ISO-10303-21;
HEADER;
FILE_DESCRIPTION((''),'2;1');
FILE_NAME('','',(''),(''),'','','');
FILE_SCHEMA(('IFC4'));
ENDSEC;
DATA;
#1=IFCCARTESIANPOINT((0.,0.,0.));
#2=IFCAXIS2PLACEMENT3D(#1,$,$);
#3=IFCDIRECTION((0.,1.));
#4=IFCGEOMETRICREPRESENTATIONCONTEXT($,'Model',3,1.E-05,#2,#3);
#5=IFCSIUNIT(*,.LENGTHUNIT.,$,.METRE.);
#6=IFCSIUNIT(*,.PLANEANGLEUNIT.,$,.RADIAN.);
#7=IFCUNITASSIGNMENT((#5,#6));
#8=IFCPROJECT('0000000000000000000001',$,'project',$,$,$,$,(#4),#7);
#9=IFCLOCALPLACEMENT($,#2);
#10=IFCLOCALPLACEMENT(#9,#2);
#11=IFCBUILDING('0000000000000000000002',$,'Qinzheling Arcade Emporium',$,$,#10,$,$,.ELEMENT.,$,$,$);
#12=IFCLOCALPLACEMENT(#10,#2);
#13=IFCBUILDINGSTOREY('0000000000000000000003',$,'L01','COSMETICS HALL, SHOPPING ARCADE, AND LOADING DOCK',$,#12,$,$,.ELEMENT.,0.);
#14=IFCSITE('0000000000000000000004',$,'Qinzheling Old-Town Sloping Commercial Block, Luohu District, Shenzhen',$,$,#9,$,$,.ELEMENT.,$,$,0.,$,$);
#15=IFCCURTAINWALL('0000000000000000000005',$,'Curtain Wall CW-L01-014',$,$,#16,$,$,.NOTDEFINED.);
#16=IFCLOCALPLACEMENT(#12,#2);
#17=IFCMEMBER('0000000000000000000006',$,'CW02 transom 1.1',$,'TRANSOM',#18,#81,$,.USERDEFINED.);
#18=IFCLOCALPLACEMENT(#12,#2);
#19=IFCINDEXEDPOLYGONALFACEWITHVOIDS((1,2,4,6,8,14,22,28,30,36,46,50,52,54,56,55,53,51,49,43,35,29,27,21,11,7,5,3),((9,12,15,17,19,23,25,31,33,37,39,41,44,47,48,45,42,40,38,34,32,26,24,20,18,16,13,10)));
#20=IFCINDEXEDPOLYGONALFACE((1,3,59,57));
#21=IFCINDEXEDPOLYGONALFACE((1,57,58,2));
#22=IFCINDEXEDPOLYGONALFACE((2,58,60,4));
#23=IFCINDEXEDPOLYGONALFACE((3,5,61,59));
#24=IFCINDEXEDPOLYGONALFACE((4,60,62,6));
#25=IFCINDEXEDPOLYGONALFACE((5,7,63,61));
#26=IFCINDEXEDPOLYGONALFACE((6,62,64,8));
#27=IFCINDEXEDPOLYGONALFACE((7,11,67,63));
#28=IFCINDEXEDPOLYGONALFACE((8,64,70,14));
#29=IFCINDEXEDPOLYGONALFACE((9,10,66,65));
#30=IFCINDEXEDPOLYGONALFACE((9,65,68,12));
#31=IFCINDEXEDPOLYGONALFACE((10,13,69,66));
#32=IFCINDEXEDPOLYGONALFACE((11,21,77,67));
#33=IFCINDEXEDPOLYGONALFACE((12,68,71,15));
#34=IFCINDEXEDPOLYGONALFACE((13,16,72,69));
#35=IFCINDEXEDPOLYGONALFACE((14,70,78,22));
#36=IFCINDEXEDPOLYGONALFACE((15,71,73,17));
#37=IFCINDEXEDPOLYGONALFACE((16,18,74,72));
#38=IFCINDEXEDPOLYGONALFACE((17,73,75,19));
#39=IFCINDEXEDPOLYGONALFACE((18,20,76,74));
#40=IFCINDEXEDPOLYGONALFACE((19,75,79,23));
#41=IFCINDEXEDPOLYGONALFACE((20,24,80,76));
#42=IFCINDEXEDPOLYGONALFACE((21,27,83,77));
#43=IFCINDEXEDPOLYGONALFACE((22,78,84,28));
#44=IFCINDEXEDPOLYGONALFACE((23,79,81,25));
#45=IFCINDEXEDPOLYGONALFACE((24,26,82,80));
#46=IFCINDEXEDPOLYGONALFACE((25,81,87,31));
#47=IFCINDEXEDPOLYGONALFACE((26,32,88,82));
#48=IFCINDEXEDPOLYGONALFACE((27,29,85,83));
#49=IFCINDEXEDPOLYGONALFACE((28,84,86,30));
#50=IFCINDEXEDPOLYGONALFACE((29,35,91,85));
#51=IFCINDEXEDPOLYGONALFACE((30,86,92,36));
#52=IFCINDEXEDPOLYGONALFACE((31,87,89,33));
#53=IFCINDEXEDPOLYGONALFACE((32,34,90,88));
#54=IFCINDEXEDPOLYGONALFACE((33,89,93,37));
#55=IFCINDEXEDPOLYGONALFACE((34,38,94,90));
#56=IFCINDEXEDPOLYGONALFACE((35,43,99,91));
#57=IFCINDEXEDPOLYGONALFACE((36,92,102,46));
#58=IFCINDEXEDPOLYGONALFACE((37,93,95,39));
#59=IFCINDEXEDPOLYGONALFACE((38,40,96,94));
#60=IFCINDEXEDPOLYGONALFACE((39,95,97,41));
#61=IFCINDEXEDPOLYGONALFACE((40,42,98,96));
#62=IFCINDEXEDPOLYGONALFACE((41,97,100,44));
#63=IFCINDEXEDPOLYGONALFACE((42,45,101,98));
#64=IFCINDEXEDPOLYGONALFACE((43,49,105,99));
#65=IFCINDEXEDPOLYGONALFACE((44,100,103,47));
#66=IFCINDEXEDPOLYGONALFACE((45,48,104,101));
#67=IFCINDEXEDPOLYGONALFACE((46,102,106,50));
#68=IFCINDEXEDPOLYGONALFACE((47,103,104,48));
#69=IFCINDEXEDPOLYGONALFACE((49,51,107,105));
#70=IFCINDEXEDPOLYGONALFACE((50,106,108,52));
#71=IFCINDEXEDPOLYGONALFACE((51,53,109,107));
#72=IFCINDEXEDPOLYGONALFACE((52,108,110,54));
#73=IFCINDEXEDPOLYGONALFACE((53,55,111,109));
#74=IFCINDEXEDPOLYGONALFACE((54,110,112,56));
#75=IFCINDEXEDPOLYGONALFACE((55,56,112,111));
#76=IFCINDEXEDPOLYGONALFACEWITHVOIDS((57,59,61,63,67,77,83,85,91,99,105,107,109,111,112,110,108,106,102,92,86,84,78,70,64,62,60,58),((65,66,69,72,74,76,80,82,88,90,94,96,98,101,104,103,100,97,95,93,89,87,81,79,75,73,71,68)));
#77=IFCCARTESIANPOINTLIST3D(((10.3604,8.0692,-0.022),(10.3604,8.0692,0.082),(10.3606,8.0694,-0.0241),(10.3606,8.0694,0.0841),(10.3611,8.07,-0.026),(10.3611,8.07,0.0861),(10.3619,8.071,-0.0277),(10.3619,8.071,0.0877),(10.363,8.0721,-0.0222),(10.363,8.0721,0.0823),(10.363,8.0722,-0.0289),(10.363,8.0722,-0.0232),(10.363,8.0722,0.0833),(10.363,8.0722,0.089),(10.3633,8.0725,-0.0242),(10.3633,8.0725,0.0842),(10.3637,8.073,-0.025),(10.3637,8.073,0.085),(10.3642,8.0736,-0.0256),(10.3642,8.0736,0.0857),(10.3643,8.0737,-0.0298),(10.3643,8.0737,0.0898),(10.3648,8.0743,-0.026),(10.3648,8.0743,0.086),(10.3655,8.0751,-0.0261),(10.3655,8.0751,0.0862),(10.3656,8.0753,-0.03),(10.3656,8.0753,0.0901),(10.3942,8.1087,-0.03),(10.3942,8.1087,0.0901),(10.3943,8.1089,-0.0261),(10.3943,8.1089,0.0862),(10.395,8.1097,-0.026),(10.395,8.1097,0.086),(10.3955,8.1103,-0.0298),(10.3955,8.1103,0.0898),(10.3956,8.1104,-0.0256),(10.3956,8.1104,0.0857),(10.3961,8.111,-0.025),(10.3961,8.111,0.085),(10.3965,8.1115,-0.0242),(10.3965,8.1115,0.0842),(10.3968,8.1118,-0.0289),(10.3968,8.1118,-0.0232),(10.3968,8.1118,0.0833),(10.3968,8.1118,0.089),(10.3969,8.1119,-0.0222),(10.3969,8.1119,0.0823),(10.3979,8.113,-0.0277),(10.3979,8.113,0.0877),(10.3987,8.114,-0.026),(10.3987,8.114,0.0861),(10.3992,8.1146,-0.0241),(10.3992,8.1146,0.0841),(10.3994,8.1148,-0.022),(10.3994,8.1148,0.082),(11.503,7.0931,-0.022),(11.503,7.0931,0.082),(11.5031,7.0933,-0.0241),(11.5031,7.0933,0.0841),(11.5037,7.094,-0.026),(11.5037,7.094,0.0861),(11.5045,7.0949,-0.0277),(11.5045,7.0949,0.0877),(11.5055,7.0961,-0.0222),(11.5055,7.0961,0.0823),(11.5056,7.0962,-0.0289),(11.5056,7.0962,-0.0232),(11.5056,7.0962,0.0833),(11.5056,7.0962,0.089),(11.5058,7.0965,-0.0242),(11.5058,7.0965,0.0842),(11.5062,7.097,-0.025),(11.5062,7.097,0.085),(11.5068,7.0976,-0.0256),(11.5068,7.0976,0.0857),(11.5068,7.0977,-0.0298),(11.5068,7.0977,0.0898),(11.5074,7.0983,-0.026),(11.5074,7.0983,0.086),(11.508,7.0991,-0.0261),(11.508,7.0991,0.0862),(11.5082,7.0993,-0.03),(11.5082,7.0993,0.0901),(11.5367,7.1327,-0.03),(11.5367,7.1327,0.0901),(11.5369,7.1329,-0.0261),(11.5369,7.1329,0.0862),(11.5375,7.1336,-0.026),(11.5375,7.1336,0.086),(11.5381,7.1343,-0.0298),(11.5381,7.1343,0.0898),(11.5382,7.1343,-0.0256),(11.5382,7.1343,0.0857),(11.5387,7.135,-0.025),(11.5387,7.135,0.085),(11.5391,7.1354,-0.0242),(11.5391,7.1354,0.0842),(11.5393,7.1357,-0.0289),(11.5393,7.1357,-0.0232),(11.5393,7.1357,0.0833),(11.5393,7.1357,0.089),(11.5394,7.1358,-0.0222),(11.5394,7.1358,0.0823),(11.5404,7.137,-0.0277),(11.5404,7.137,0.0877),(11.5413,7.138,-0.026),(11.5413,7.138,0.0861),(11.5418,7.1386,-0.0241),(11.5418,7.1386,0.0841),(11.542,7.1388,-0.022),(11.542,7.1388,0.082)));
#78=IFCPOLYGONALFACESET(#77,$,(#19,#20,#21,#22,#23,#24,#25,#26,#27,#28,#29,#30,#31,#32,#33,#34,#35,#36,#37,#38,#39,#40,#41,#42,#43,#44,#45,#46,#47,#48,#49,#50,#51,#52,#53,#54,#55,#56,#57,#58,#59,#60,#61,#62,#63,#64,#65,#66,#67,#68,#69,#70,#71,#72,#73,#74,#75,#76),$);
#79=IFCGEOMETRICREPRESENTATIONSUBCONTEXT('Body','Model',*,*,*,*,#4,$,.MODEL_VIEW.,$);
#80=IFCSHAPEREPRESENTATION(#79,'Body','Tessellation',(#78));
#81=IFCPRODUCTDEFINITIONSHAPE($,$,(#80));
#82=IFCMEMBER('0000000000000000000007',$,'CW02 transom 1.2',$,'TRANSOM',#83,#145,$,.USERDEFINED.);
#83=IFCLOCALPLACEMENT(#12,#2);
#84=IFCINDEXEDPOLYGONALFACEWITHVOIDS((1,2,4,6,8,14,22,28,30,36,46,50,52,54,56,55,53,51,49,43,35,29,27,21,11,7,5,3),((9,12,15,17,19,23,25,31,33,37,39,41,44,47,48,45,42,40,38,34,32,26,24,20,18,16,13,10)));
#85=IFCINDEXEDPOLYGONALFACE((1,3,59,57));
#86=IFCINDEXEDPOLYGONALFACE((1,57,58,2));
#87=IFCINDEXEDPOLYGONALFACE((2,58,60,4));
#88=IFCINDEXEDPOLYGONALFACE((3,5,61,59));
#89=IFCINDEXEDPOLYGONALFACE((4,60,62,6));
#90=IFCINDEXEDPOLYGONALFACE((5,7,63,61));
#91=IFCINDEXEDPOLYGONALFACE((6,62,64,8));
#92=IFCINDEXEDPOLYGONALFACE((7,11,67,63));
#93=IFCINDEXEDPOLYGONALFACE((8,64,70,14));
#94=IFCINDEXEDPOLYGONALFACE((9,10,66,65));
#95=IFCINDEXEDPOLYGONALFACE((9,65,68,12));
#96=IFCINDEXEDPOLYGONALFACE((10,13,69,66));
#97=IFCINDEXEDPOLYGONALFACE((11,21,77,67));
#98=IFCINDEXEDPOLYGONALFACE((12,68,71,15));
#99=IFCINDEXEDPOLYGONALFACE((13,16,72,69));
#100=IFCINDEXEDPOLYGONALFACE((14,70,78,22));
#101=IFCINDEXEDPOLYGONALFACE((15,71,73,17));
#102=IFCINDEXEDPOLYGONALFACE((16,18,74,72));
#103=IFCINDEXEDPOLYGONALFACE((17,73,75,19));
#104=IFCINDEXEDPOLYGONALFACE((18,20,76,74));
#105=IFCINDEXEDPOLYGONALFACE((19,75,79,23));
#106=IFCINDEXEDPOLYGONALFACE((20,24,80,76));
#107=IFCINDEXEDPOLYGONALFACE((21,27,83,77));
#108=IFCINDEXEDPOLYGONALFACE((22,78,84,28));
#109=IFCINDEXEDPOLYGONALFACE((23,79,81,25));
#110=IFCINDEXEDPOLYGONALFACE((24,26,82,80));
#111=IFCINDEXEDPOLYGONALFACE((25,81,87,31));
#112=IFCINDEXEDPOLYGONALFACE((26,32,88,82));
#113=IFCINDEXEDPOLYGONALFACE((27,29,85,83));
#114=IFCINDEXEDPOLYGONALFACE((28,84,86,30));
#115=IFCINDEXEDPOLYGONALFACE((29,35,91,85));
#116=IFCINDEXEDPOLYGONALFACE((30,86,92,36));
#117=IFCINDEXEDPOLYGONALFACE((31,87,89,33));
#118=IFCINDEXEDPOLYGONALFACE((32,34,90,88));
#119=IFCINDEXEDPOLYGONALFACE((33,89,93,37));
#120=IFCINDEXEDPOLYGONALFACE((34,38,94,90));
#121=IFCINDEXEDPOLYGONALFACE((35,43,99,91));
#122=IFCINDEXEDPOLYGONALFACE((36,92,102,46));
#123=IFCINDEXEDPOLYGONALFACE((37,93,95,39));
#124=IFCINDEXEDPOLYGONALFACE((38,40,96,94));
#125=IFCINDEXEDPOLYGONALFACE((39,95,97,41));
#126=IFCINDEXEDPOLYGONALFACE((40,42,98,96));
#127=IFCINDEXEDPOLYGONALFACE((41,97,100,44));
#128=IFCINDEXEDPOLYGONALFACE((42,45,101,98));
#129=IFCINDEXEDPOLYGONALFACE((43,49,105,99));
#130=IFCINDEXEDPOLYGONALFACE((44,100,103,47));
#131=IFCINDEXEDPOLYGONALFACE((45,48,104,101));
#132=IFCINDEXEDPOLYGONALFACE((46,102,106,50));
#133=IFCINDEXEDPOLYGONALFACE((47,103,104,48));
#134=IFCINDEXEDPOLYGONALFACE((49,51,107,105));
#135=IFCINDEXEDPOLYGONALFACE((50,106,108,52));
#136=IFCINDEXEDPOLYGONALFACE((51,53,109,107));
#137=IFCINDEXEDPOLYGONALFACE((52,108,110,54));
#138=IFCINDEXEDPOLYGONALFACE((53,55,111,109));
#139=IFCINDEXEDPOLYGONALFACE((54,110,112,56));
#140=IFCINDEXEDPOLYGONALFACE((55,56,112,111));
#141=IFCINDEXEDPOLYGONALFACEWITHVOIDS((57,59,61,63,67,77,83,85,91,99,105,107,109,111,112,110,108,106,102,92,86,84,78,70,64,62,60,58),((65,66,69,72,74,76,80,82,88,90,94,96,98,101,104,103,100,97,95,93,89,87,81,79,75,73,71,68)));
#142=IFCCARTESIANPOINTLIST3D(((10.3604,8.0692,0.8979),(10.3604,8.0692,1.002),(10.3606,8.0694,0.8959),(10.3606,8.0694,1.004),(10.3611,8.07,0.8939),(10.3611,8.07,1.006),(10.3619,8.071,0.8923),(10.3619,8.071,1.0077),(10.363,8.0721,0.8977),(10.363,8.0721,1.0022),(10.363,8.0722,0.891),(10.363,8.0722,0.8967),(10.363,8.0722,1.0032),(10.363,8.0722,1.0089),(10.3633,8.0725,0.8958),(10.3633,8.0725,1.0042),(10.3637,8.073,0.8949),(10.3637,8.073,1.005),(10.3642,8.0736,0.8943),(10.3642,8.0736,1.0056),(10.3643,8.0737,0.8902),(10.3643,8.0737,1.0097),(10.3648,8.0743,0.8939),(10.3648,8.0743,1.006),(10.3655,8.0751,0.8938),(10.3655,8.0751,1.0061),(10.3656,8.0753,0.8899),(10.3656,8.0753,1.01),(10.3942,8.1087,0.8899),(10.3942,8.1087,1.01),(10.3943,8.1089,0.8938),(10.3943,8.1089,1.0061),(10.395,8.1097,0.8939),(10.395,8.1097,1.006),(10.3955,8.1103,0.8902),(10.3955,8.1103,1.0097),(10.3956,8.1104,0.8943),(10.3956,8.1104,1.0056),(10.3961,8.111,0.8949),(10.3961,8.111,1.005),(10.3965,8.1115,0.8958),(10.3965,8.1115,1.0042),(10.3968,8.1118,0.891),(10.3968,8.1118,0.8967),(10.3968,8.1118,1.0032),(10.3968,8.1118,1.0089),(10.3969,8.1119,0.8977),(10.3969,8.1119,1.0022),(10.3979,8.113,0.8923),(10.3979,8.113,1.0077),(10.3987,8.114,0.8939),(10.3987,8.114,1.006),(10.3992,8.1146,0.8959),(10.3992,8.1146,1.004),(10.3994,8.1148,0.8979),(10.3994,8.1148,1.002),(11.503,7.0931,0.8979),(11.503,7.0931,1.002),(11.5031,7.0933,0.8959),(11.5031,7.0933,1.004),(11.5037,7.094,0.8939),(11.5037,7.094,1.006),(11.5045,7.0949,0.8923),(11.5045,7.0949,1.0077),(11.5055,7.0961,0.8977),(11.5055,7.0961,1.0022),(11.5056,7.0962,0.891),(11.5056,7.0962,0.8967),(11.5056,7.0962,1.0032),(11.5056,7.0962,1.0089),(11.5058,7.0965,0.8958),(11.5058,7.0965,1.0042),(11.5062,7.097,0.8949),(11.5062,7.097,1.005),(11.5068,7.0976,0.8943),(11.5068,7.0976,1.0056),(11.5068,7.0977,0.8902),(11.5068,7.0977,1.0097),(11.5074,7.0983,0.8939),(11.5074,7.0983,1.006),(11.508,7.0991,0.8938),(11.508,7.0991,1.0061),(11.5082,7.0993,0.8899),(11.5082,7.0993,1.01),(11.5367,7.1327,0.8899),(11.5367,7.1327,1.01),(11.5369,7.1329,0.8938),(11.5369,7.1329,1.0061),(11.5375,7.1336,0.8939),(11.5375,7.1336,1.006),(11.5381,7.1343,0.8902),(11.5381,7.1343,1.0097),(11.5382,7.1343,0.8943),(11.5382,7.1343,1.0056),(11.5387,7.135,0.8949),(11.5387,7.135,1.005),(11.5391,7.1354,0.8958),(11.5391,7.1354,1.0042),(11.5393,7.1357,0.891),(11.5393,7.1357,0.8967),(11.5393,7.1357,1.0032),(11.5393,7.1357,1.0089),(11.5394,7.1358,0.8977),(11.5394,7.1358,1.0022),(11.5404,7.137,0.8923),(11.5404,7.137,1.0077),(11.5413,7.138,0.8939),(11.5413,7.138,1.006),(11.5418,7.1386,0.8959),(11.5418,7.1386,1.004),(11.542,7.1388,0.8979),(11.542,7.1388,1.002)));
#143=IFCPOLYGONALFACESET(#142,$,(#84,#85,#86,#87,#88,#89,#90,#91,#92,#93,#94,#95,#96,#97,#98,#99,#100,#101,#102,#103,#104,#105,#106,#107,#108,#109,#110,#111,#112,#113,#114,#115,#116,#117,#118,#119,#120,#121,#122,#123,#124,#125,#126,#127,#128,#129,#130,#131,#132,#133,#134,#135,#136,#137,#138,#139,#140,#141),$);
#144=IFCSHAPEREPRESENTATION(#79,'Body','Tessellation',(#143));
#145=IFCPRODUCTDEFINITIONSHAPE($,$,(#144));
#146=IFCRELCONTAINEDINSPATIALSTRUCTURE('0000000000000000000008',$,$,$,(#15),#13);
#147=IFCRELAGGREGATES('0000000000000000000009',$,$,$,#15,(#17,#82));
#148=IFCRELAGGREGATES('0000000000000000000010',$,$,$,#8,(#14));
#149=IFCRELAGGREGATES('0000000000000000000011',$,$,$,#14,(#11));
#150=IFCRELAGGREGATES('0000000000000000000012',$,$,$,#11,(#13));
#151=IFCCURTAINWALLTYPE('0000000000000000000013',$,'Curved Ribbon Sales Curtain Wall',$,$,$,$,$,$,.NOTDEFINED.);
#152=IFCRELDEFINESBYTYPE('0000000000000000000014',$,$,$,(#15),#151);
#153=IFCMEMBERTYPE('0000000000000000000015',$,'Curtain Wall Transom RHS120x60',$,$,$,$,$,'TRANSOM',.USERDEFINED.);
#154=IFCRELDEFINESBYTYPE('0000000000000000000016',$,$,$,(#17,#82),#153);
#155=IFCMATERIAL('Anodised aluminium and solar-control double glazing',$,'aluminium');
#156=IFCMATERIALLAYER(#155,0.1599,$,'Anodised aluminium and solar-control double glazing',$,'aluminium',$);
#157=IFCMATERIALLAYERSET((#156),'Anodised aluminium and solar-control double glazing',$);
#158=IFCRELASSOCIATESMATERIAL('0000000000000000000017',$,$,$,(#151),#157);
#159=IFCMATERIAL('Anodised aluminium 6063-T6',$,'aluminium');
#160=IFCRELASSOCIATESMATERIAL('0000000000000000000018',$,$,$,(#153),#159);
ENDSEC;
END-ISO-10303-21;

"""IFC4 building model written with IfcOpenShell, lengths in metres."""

from ifc_helpers import new_model, si_unit, direction, frame, origin, origin_2d, place, context, subcontext, project, spatial, hollow_rectangle, extrude, material, layer, layer_set, material_profile, profile_set, type_object, element, aggregate, save


model = new_model("IFC4")

# Units and contexts
model_context = context("Model", 3, precision=1e-05, world=origin(), true_north=direction((0.0, 1.0)))
body_context = subcontext(model_context, "Body", "Model", "MODEL_VIEW")
ifc_project = project(units=[si_unit("LENGTHUNIT", "METRE"), si_unit("PLANEANGLEUNIT", "RADIAN")], contexts=[model_context])

# Site, building, storey
site_placement = place(None, origin())
site = spatial("IfcSite", under=ifc_project, at=site_placement, Name="Qinzheling Old-Town Sloping Commercial Block, Luohu District, Shenzhen", CompositionType="ELEMENT", RefElevation=0.0)
building_placement = place(site_placement, origin())
building = spatial("IfcBuilding", under=site, at=building_placement, Name="Qinzheling Arcade Emporium", CompositionType="ELEMENT")
storey_placement = place(building_placement, origin())
storey = spatial("IfcBuildingStorey", under=building, at=storey_placement, Name="L01", Description="COSMETICS HALL, SHOPPING ARCADE, AND LOADING DOCK", CompositionType="ELEMENT", Elevation=0.0)

# Shared definitions
ifc_material_1 = material(Name="Anodised aluminium and solar-control double glazing", Category="aluminium")
ifc_layer_1 = layer(ifc_material_1, 0.1599, Name="Anodised aluminium and solar-control double glazing", Category="aluminium")
ifc_layer_set_1 = layer_set([ifc_layer_1], Name="Anodised aluminium and solar-control double glazing")
curtain_wall_type = type_object("IfcCurtainWallType", Name="Curved Ribbon Sales Curtain Wall", PredefinedType="NOTDEFINED", material=ifc_layer_set_1)
ifc_material_2 = material(Name="Anodised aluminium 6063-T6", Category="aluminium")

# Curtain wall
curtain_wall_1_placement = place(storey_placement, origin())
curtain_wall_1 = element("IfcCurtainWall", 1, at=curtain_wall_1_placement, inside=storey, type_object=curtain_wall_type, Name="Curtain Wall CW-L01-014", PredefinedType="NOTDEFINED")

# Members
ifc_material_profile_1 = material_profile(ifc_material_2, hollow_rectangle(XDim=0.0601, YDim=0.1201, WallThickness=0.0039, InnerFilletRadius=0.0039, OuterFilletRadius=0.0081, at=origin_2d()), Name="RHS 120x60x4", Category="aluminium")
ifc_profile_set_1 = profile_set([ifc_material_profile_1], Name="Anodised aluminium 6063-T6")
member_type_1 = type_object("IfcMemberType", Name="Curtain Wall Transom RHS120x60", ElementType="TRANSOM", PredefinedType="USERDEFINED", material=ifc_profile_set_1)
member_1_placement = place(storey_placement, frame((11.5225, 7.116, 0.03), z_axis=(-0.760334, 0.649533, 0.0), x_axis=(-0.649533, -0.760334, 0.0)))
member_1 = element("IfcMember", 2, at=member_1_placement, type_object=member_type_1, Name="CW02 transom 1.1", ObjectType="TRANSOM", PredefinedType="USERDEFINED", context=body_context, shape_type="SweptSolid", body=[
    extrude(hollow_rectangle(XDim=0.0601, YDim=0.1201, WallThickness=0.0039, InnerFilletRadius=0.0039, OuterFilletRadius=0.0081, at=origin_2d()), origin(), (0.0, 0.0, 1.0), 1.5027),
])
member_2_placement = place(storey_placement, frame((11.5225, 7.116, 0.95), z_axis=(-0.760334, 0.649533, 0.0), x_axis=(-0.649533, -0.760334, 0.0)))
member_2 = element("IfcMember", 3, at=member_2_placement, type_object=member_type_1, Name="CW02 transom 1.2", ObjectType="TRANSOM", PredefinedType="USERDEFINED", context=body_context, shape_type="SweptSolid", body=[
    extrude(hollow_rectangle(XDim=0.0601, YDim=0.1201, WallThickness=0.0039, InnerFilletRadius=0.0039, OuterFilletRadius=0.0081, at=origin_2d()), origin(), (0.0, 0.0, 1.0), 1.5027),
])

aggregate(curtain_wall_1, [member_1, member_2])

save(model, "model.ifc")
